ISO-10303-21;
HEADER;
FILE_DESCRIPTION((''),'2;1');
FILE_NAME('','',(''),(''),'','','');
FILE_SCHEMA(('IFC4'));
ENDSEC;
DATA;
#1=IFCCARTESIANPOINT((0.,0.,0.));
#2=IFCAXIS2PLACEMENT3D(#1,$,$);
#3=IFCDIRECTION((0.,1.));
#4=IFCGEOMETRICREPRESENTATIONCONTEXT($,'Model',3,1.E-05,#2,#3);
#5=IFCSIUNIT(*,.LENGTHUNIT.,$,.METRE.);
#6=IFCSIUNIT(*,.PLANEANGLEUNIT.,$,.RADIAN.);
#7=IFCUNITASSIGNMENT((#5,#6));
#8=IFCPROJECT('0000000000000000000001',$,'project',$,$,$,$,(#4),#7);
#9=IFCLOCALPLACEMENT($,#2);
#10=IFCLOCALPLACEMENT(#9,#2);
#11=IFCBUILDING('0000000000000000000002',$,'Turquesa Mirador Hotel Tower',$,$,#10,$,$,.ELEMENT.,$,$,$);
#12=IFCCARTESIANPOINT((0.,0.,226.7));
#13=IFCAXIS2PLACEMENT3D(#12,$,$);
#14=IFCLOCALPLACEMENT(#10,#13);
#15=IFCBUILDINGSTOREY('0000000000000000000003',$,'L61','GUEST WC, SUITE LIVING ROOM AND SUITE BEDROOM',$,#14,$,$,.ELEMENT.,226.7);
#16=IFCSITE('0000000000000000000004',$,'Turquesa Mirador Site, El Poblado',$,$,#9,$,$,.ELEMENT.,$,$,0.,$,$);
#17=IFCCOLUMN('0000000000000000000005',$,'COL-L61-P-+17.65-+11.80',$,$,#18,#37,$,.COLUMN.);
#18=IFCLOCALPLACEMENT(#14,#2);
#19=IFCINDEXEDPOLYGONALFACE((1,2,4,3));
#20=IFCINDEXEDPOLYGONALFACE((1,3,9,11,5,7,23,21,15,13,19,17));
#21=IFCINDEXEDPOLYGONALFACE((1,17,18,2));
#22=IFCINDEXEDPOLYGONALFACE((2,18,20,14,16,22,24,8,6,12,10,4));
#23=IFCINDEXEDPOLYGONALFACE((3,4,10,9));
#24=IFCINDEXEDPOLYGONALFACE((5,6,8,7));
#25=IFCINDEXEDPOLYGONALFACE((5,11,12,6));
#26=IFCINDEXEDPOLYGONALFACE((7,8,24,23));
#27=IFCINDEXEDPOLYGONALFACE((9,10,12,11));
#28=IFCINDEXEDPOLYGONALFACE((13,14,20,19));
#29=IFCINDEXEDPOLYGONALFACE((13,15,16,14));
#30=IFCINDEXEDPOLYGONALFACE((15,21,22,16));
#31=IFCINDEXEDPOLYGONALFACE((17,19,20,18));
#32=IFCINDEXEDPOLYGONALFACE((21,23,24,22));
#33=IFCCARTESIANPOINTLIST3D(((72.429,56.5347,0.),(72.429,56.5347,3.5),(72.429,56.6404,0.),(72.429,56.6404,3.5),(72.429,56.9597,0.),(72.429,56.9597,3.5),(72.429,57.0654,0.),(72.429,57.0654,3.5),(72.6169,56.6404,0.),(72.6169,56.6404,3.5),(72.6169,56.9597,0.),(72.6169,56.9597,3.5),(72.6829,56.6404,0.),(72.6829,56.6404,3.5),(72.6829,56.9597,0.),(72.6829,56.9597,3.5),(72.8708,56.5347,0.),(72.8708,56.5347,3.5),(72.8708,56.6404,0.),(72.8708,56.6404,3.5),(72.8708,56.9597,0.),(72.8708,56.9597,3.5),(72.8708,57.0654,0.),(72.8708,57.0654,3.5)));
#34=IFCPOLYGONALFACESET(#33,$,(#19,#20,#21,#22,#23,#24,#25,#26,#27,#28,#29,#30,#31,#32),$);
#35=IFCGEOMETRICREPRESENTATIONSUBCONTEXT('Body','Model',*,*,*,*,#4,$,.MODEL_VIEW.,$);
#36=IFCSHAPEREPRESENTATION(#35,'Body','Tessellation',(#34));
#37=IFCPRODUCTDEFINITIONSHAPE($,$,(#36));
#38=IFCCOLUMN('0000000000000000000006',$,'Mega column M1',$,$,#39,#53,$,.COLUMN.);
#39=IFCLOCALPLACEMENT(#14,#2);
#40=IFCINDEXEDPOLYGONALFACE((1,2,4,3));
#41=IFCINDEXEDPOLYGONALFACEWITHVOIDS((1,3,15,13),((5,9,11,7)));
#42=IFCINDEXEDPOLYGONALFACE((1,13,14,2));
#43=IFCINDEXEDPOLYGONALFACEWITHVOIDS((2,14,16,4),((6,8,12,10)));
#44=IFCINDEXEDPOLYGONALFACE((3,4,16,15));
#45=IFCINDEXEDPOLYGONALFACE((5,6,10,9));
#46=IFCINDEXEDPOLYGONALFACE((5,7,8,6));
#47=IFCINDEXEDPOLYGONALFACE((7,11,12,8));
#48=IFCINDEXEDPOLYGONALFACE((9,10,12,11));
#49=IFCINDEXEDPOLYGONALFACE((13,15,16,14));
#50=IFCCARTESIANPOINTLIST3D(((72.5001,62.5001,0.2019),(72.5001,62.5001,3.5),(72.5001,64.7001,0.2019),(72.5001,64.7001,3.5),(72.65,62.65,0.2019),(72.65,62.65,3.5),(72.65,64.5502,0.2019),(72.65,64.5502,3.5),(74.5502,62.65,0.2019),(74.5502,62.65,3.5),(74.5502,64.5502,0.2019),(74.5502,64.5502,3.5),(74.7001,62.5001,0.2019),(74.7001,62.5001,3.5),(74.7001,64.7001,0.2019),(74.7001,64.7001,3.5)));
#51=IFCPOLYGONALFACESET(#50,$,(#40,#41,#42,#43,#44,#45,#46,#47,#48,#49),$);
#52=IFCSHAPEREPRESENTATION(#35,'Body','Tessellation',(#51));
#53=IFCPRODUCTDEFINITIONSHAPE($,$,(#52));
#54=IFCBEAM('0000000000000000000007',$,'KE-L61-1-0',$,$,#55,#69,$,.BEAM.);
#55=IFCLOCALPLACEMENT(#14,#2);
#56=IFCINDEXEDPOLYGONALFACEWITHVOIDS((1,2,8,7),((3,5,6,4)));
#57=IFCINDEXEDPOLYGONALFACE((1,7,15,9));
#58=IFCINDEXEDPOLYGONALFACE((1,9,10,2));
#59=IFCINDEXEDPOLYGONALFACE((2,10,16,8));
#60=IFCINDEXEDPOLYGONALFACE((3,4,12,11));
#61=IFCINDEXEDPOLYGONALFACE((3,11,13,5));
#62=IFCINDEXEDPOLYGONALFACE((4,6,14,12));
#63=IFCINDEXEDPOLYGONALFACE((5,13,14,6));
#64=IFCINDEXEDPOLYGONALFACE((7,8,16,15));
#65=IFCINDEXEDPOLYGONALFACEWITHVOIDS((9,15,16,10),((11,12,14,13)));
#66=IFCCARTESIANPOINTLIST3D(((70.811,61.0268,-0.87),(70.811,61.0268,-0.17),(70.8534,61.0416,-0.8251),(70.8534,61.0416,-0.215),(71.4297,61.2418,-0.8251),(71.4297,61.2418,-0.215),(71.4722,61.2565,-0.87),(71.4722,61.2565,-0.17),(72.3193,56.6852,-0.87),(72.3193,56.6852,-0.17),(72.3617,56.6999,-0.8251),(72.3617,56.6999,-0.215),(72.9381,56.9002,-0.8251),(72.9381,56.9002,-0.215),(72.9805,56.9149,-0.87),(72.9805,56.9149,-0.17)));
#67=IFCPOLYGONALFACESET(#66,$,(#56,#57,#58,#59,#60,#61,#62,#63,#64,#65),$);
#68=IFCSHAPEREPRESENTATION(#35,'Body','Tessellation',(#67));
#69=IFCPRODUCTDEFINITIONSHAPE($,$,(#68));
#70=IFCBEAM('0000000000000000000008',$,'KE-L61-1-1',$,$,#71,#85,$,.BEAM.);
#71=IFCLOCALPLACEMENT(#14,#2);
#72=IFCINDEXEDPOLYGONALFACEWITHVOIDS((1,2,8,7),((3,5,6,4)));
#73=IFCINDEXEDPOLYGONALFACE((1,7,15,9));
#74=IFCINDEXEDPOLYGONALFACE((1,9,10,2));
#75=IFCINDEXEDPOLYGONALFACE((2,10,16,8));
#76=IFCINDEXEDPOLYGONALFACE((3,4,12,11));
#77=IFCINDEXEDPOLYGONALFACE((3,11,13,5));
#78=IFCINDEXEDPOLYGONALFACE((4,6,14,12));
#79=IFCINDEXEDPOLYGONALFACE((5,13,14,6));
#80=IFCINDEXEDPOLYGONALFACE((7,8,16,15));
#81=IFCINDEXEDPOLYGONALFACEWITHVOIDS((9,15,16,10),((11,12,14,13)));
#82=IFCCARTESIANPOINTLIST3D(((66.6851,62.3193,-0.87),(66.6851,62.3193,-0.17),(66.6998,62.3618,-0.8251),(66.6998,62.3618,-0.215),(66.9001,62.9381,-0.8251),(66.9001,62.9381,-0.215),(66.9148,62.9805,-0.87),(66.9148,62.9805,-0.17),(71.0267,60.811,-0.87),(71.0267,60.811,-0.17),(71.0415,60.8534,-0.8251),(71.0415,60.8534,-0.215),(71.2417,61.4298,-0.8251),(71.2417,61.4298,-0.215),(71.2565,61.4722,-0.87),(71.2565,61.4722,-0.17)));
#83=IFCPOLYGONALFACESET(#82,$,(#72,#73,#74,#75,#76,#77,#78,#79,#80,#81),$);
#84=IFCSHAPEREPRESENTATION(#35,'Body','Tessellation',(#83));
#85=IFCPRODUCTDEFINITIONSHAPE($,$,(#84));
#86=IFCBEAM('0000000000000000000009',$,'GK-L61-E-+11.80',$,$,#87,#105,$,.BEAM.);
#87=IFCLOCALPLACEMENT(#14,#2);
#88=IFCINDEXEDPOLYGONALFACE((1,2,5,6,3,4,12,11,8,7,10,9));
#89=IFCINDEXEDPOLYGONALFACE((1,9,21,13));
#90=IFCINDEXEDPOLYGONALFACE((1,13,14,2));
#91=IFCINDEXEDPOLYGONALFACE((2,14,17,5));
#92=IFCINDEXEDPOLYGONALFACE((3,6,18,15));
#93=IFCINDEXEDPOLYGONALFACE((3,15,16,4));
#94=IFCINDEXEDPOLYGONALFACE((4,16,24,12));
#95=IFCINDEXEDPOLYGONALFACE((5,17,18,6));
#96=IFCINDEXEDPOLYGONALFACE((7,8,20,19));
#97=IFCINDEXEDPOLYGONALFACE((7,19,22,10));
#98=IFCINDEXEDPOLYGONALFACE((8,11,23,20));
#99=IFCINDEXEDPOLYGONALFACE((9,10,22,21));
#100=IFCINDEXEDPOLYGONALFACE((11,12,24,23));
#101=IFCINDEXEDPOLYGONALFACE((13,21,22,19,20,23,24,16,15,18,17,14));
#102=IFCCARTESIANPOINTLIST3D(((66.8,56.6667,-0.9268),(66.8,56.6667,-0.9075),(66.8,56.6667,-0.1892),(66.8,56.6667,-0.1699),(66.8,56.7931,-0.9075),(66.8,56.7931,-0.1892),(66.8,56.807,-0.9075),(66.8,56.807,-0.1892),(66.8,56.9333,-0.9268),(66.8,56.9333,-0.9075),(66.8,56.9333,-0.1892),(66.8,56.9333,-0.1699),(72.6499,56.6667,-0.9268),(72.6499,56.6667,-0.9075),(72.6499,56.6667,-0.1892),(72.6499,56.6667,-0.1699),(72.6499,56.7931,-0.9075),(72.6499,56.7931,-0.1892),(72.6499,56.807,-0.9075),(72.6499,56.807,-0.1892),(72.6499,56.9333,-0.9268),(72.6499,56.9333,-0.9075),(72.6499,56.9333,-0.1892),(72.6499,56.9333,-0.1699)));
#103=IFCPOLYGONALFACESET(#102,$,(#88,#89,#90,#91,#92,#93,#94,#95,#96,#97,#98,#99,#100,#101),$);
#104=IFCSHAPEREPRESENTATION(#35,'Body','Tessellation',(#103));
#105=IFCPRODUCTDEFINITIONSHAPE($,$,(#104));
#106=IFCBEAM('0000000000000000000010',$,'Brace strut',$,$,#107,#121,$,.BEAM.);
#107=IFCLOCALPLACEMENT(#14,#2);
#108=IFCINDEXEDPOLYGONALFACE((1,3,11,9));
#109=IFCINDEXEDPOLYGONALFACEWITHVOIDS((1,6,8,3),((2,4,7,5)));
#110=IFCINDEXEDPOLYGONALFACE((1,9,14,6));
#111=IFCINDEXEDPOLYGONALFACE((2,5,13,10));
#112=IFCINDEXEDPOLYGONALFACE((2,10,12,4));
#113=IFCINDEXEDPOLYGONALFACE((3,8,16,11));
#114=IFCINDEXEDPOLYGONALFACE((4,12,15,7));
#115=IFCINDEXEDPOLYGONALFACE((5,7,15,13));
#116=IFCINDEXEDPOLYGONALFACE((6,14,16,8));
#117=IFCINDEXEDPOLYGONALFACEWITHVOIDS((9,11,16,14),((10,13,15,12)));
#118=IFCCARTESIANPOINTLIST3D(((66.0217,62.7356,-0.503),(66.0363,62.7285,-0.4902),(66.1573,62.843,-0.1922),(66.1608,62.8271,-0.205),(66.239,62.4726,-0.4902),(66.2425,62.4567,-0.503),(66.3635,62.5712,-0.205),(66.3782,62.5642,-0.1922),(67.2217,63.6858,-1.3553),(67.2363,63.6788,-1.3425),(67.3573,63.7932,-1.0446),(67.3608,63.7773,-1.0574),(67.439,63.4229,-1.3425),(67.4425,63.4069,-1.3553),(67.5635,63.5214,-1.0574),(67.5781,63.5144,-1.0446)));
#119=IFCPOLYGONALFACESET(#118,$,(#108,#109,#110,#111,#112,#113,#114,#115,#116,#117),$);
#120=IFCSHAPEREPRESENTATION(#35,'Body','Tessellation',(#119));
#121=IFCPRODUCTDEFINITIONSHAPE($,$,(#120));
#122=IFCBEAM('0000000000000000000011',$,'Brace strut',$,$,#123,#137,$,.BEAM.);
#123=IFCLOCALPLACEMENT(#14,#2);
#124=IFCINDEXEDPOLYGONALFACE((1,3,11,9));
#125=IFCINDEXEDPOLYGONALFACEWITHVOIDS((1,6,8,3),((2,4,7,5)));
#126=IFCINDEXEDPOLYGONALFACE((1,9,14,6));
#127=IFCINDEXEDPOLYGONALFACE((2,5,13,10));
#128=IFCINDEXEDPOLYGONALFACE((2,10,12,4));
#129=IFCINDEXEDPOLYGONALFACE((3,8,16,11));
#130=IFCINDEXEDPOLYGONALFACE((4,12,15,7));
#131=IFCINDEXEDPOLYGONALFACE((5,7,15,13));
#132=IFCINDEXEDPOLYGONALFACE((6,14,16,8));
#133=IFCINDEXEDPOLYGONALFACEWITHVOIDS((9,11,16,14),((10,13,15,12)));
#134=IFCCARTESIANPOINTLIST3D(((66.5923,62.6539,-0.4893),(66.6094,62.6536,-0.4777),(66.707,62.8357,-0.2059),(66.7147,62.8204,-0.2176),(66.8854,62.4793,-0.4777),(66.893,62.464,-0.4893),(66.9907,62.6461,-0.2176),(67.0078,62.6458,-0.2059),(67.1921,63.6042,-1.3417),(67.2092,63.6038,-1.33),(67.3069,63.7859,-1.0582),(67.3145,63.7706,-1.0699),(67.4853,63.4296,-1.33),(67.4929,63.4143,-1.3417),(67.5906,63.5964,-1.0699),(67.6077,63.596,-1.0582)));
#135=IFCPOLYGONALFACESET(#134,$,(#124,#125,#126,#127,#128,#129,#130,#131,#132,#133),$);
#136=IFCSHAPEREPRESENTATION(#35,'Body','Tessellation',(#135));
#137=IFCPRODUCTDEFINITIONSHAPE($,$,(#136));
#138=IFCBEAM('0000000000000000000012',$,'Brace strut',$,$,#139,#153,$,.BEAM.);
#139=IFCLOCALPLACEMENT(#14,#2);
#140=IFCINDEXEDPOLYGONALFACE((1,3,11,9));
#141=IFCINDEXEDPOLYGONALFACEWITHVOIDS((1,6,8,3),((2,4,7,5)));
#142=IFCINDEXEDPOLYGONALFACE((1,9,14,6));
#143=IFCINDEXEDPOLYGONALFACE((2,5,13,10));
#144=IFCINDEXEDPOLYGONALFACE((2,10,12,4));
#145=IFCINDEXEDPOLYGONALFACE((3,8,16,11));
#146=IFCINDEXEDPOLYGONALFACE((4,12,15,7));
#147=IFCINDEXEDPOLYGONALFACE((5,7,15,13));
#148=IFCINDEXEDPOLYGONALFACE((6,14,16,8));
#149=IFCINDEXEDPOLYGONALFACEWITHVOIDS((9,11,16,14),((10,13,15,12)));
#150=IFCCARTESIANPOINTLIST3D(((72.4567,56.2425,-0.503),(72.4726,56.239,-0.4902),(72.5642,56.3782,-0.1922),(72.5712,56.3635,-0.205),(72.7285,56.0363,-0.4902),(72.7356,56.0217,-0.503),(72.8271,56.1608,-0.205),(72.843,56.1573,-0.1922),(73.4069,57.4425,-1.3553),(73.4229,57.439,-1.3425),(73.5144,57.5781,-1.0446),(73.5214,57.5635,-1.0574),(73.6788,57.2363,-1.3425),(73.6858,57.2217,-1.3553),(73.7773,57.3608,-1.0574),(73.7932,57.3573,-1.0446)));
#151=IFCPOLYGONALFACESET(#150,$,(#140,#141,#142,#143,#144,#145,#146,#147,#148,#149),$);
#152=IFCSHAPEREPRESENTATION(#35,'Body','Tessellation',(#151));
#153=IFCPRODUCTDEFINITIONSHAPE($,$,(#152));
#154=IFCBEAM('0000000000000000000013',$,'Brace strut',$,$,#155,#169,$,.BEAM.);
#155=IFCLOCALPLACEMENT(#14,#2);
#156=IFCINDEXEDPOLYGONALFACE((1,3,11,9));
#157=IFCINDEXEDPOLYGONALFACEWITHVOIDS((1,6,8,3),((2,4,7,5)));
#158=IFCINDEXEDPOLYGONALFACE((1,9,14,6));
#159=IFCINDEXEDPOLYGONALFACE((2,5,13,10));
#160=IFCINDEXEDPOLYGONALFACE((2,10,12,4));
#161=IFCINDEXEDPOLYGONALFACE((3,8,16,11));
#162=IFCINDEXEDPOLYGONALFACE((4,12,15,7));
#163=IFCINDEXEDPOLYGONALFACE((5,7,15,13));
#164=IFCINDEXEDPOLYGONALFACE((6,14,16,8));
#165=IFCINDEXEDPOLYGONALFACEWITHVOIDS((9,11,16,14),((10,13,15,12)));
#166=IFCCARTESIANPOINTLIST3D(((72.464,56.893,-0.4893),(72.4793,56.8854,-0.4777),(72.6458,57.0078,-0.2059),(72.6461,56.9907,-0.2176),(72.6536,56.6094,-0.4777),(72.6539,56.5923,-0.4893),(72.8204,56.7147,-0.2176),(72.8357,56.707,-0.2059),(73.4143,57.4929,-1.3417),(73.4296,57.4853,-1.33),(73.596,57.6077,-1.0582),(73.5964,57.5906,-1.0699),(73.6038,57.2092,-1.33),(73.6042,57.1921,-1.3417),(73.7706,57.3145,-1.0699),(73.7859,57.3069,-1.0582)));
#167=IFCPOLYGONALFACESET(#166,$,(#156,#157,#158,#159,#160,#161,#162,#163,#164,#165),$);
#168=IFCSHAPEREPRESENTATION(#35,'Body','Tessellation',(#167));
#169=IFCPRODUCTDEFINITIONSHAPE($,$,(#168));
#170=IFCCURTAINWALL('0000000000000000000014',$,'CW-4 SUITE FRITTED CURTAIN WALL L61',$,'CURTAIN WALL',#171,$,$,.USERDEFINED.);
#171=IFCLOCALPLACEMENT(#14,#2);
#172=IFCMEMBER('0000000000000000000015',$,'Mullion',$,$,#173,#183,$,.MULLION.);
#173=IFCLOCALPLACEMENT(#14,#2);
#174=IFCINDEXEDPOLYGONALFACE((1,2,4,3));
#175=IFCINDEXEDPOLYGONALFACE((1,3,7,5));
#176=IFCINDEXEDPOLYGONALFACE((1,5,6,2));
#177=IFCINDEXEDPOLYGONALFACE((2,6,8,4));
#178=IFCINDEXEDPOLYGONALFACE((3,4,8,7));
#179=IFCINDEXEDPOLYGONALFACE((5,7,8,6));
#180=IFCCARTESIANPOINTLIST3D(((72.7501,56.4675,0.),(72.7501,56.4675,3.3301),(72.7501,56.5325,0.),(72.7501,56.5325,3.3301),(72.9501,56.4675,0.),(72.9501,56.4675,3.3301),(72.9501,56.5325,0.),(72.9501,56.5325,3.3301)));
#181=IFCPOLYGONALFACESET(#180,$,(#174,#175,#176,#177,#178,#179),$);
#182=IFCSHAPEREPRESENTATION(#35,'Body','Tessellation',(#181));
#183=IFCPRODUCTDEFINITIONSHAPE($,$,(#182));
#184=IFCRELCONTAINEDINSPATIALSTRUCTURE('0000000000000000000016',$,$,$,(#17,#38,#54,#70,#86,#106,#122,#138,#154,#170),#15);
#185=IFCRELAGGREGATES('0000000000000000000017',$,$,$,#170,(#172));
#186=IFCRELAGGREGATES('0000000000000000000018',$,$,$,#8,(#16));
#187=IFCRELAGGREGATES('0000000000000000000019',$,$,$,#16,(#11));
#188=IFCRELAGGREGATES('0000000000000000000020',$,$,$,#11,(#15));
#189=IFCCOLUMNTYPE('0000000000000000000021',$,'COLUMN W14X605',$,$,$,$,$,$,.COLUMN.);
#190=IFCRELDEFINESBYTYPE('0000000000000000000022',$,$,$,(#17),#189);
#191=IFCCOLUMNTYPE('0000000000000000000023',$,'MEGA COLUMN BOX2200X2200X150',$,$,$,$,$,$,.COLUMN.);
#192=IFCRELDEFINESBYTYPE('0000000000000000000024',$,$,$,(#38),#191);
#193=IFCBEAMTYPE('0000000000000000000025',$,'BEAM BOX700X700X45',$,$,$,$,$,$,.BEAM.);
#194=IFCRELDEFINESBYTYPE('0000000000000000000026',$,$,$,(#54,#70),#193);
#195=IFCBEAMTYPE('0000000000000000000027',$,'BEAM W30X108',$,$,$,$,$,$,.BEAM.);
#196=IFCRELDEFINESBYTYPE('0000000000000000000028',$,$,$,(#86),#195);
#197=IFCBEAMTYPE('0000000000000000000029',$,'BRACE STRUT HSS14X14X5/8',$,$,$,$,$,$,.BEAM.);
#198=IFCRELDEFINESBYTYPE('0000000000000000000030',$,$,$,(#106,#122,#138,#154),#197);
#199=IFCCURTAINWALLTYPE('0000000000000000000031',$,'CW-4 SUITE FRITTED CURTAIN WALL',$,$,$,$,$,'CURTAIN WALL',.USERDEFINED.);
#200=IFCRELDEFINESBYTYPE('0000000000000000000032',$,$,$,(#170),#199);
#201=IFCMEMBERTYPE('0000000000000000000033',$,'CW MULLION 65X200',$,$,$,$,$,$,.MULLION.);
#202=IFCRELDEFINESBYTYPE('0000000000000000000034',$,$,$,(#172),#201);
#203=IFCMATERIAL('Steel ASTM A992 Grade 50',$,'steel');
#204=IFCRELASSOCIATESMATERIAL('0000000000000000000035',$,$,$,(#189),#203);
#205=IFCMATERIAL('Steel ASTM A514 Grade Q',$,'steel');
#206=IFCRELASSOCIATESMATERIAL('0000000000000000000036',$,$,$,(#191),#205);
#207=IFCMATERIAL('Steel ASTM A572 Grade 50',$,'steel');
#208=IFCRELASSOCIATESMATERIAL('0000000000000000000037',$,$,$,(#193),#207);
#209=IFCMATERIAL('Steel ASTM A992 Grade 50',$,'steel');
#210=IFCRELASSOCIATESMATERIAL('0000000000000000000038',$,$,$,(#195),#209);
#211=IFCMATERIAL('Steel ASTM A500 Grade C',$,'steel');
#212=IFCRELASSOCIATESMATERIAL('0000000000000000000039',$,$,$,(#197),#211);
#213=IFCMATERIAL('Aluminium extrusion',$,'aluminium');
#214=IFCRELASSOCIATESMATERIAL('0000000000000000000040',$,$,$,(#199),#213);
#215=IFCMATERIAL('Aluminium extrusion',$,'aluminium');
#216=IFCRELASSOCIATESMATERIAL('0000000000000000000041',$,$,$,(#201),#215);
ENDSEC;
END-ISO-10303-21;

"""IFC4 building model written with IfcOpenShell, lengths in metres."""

from ifc_helpers import new_model, si_unit, direction, frame, origin, origin_2d, place, context, subcontext, project, spatial, rectangle, hollow_rectangle, i_section, extrude, clip, halfspace, material, material_profile, profile_set, type_object, element, aggregate, save


model = new_model("IFC4")

# Units and contexts
model_context = context("Model", 3, precision=1e-05, world=origin(), true_north=direction((0.0, 1.0)))
body_context = subcontext(model_context, "Body", "Model", "MODEL_VIEW")
ifc_project = project(units=[si_unit("LENGTHUNIT", "METRE"), si_unit("PLANEANGLEUNIT", "RADIAN")], contexts=[model_context])

# Site, building, storey
site_placement = place(None, origin())
site = spatial("IfcSite", under=ifc_project, at=site_placement, Name="Turquesa Mirador Site, El Poblado", CompositionType="ELEMENT", RefElevation=0.0)
building_placement = place(site_placement, origin())
building = spatial("IfcBuilding", under=site, at=building_placement, Name="Turquesa Mirador Hotel Tower", CompositionType="ELEMENT")
storey_placement = place(building_placement, frame((0.0, 0.0, 226.7)))
storey = spatial("IfcBuildingStorey", under=building, at=storey_placement, Name="L61", Description="GUEST WC, SUITE LIVING ROOM AND SUITE BEDROOM", CompositionType="ELEMENT", Elevation=226.7)

# Columns
ifc_material_1 = material(Name="Steel ASTM A992 Grade 50", Category="steel")
ifc_material_profile_1 = material_profile(ifc_material_1, i_section(OverallWidth=0.4419, OverallDepth=0.5308, WebThickness=0.0659, FlangeThickness=0.1057, at=origin_2d()), Name="W14X605")
ifc_profile_set_1 = profile_set([ifc_material_profile_1], Name="Steel ASTM A992 Grade 50")
column_type_1 = type_object("IfcColumnType", Name="COLUMN W14X605", PredefinedType="COLUMN", material=ifc_profile_set_1)
column_1_placement = place(storey_placement, frame((72.6499, 56.8, 0.0), z_axis=(0.0, 0.0, 1.0), x_axis=(1.0, 0.0, 0.0)))
element("IfcColumn", 1, at=column_1_placement, inside=storey, type_object=column_type_1, Name="COL-L61-P-+17.65-+11.80", PredefinedType="COLUMN", context=body_context, shape_type="SweptSolid", body=[
    extrude(i_section(OverallWidth=0.4419, OverallDepth=0.5308, WebThickness=0.0659, FlangeThickness=0.1057, at=origin_2d()), origin(), (0.0, 0.0, 1.0), 3.5),
])
ifc_material_2 = material(Name="Steel ASTM A514 Grade Q", Category="steel")
ifc_material_profile_2 = material_profile(ifc_material_2, hollow_rectangle(XDim=2.2, YDim=2.2, WallThickness=0.1499, at=origin_2d()), Name="BOX2200X2200X150")
ifc_profile_set_2 = profile_set([ifc_material_profile_2], Name="Steel ASTM A514 Grade Q")
column_type_2 = type_object("IfcColumnType", Name="MEGA COLUMN BOX2200X2200X150", PredefinedType="COLUMN", material=ifc_profile_set_2)
column_2_placement = place(storey_placement, frame((73.6001, 63.6001, 0.0), z_axis=(0.0, 0.0, 1.0), x_axis=(1.0, 0.0, 0.0)))
element("IfcColumn", 2, at=column_2_placement, inside=storey, type_object=column_type_2, Name="Mega column M1", PredefinedType="COLUMN", context=body_context, shape_type="Clipping", body=[
    clip(extrude(hollow_rectangle(XDim=2.2, YDim=2.2, WallThickness=0.1499, at=origin_2d()), origin(), (0.0, 0.0, 1.0), 3.5), halfspace(frame((0.0, 0.0, 0.2019), z_axis=(0.0, 0.0, -1.0), x_axis=(1.0, 0.0, 0.0)), False)),
])

# Beams
ifc_material_3 = material(Name="Steel ASTM A572 Grade 50", Category="steel")
ifc_material_profile_3 = material_profile(ifc_material_3, hollow_rectangle(XDim=0.7, YDim=0.7, WallThickness=0.0449, at=origin_2d()), Name="BOX700X700X45")
ifc_profile_set_3 = profile_set([ifc_material_profile_3], Name="Steel ASTM A572 Grade 50")
beam_type_1 = type_object("IfcBeamType", Name="BEAM BOX700X700X45", PredefinedType="BEAM", material=ifc_profile_set_3)
for number, where, z_axis, x_axis, name in (
    (3, (72.6499, 56.8, -0.52), (-0.32817, 0.944619, 0.0), (-0.944619, -0.32817, 0.0), "KE-L61-1-0"),
    (4, (71.1416, 61.1416, -0.52), (-0.944619, 0.32817, 0.0), (-0.32817, -0.944619, 0.0), "KE-L61-1-1"),
):
    element("IfcBeam", number, at=place(storey_placement, frame(where, z_axis=z_axis, x_axis=x_axis)), inside=storey, type_object=beam_type_1, Name=name, PredefinedType="BEAM", context=body_context, shape_type="SweptSolid", body=[
        extrude(hollow_rectangle(XDim=0.7, YDim=0.7, WallThickness=0.0449, at=origin_2d()), origin(), (0.0, 0.0, 1.0), 4.5962),
    ])
ifc_material_4 = material(Name="Steel ASTM A992 Grade 50", Category="steel")
ifc_material_profile_4 = material_profile(ifc_material_4, i_section(OverallWidth=0.2666, OverallDepth=0.7568, WebThickness=0.0139, FlangeThickness=0.0193, at=origin_2d()), Name="W30X108")
ifc_profile_set_4 = profile_set([ifc_material_profile_4], Name="Steel ASTM A992 Grade 50")
beam_type_2 = type_object("IfcBeamType", Name="BEAM W30X108", PredefinedType="BEAM", material=ifc_profile_set_4)
beam_1_placement = place(storey_placement, frame((72.6499, 56.8, -0.5483), z_axis=(-1.0, 0.0, 0.0), x_axis=(0.0, -1.0, 0.0)))
element("IfcBeam", 5, at=beam_1_placement, inside=storey, type_object=beam_type_2, Name="GK-L61-E-+11.80", PredefinedType="BEAM", context=body_context, shape_type="SweptSolid", body=[
    extrude(i_section(OverallWidth=0.2666, OverallDepth=0.7568, WebThickness=0.0139, FlangeThickness=0.0193, at=origin_2d()), origin(), (0.0, 0.0, 1.0), 5.8499),
])
ifc_material_5 = material(Name="Steel ASTM A500 Grade C", Category="steel")
ifc_material_profile_5 = material_profile(ifc_material_5, hollow_rectangle(XDim=0.3557, YDim=0.3557, WallThickness=0.0146, at=origin_2d()), Name="HSS14X14X5/8")
ifc_profile_set_5 = profile_set([ifc_material_profile_5], Name="Steel ASTM A500 Grade C")
beam_type_3 = type_object("IfcBeamType", Name="BRACE STRUT HSS14X14X5/8", PredefinedType="BEAM", material=ifc_profile_set_5)
beam_2_placement = place(storey_placement, frame((67.3999, 63.6001, -1.2), z_axis=(-0.684942, -0.542379, 0.486497), x_axis=(0.620797, -0.783971, 0.0)))
element("IfcBeam", 6, at=beam_2_placement, inside=storey, type_object=beam_type_3, Name="Brace strut", PredefinedType="BEAM", context=body_context, shape_type="SweptSolid", body=[
    extrude(hollow_rectangle(XDim=0.3557, YDim=0.3557, WallThickness=0.0146, at=origin_2d()), origin(), (0.0, 0.0, 1.0), 1.752),
])
beam_3_placement = place(storey_placement, frame((67.3999, 63.6001, -1.2), z_axis=(-0.425321, -0.673728, 0.604312), x_axis=(0.845597, -0.533821, 0.0)))
element("IfcBeam", 7, at=beam_3_placement, inside=storey, type_object=beam_type_3, Name="Brace strut", PredefinedType="BEAM", context=body_context, shape_type="SweptSolid", body=[
    extrude(hollow_rectangle(XDim=0.3557, YDim=0.3557, WallThickness=0.0146, at=origin_2d()), origin(), (0.0, 0.0, 1.0), 1.4104),
])
beam_4_placement = place(storey_placement, frame((73.6001, 57.3999, -1.2), z_axis=(-0.542379, -0.684942, 0.486497), x_axis=(0.783971, -0.620797, 0.0)))
element("IfcBeam", 8, at=beam_4_placement, inside=storey, type_object=beam_type_3, Name="Brace strut", PredefinedType="BEAM", context=body_context, shape_type="SweptSolid", body=[
    extrude(hollow_rectangle(XDim=0.3557, YDim=0.3557, WallThickness=0.0146, at=origin_2d()), origin(), (0.0, 0.0, 1.0), 1.752),
])
beam_5_placement = place(storey_placement, frame((73.6001, 57.3999, -1.2), z_axis=(-0.673728, -0.425321, 0.604312), x_axis=(0.533821, -0.845597, 0.0)))
element("IfcBeam", 9, at=beam_5_placement, inside=storey, type_object=beam_type_3, Name="Brace strut", PredefinedType="BEAM", context=body_context, shape_type="SweptSolid", body=[
    extrude(hollow_rectangle(XDim=0.3557, YDim=0.3557, WallThickness=0.0146, at=origin_2d()), origin(), (0.0, 0.0, 1.0), 1.4104),
])

# Curtain wall, member
ifc_material_6 = material(Name="Aluminium extrusion", Category="aluminium")
curtain_wall_type = type_object("IfcCurtainWallType", Name="CW-4 SUITE FRITTED CURTAIN WALL", ElementType="CURTAIN WALL", PredefinedType="USERDEFINED", material=ifc_material_6)
curtain_wall_1_placement = place(storey_placement, origin())
curtain_wall_1 = element("IfcCurtainWall", 10, at=curtain_wall_1_placement, inside=storey, type_object=curtain_wall_type, Name="CW-4 SUITE FRITTED CURTAIN WALL L61", ObjectType="CURTAIN WALL", PredefinedType="USERDEFINED")
ifc_material_7 = material(Name="Aluminium extrusion", Category="aluminium")
ifc_material_profile_6 = material_profile(ifc_material_7, rectangle(XDim=0.0649, YDim=0.2, at=origin_2d()), Name="MULLION 65X200")
ifc_profile_set_6 = profile_set([ifc_material_profile_6], Name="Aluminium extrusion")
member_type_1 = type_object("IfcMemberType", Name="CW MULLION 65X200", PredefinedType="MULLION", material=ifc_profile_set_6)
member_1_placement = place(storey_placement, frame((72.8501, 56.5, 0.0), z_axis=(0.0, 0.0, 1.0), x_axis=(0.0, 1.0, 0.0)))
member_1 = element("IfcMember", 11, at=member_1_placement, type_object=member_type_1, Name="Mullion", PredefinedType="MULLION", context=body_context, shape_type="SweptSolid", body=[
    extrude(rectangle(XDim=0.0649, YDim=0.2, at=origin_2d()), origin(), (0.0, 0.0, 1.0), 3.3301),
])

aggregate(curtain_wall_1, [member_1])

save(model, "model.ifc")
